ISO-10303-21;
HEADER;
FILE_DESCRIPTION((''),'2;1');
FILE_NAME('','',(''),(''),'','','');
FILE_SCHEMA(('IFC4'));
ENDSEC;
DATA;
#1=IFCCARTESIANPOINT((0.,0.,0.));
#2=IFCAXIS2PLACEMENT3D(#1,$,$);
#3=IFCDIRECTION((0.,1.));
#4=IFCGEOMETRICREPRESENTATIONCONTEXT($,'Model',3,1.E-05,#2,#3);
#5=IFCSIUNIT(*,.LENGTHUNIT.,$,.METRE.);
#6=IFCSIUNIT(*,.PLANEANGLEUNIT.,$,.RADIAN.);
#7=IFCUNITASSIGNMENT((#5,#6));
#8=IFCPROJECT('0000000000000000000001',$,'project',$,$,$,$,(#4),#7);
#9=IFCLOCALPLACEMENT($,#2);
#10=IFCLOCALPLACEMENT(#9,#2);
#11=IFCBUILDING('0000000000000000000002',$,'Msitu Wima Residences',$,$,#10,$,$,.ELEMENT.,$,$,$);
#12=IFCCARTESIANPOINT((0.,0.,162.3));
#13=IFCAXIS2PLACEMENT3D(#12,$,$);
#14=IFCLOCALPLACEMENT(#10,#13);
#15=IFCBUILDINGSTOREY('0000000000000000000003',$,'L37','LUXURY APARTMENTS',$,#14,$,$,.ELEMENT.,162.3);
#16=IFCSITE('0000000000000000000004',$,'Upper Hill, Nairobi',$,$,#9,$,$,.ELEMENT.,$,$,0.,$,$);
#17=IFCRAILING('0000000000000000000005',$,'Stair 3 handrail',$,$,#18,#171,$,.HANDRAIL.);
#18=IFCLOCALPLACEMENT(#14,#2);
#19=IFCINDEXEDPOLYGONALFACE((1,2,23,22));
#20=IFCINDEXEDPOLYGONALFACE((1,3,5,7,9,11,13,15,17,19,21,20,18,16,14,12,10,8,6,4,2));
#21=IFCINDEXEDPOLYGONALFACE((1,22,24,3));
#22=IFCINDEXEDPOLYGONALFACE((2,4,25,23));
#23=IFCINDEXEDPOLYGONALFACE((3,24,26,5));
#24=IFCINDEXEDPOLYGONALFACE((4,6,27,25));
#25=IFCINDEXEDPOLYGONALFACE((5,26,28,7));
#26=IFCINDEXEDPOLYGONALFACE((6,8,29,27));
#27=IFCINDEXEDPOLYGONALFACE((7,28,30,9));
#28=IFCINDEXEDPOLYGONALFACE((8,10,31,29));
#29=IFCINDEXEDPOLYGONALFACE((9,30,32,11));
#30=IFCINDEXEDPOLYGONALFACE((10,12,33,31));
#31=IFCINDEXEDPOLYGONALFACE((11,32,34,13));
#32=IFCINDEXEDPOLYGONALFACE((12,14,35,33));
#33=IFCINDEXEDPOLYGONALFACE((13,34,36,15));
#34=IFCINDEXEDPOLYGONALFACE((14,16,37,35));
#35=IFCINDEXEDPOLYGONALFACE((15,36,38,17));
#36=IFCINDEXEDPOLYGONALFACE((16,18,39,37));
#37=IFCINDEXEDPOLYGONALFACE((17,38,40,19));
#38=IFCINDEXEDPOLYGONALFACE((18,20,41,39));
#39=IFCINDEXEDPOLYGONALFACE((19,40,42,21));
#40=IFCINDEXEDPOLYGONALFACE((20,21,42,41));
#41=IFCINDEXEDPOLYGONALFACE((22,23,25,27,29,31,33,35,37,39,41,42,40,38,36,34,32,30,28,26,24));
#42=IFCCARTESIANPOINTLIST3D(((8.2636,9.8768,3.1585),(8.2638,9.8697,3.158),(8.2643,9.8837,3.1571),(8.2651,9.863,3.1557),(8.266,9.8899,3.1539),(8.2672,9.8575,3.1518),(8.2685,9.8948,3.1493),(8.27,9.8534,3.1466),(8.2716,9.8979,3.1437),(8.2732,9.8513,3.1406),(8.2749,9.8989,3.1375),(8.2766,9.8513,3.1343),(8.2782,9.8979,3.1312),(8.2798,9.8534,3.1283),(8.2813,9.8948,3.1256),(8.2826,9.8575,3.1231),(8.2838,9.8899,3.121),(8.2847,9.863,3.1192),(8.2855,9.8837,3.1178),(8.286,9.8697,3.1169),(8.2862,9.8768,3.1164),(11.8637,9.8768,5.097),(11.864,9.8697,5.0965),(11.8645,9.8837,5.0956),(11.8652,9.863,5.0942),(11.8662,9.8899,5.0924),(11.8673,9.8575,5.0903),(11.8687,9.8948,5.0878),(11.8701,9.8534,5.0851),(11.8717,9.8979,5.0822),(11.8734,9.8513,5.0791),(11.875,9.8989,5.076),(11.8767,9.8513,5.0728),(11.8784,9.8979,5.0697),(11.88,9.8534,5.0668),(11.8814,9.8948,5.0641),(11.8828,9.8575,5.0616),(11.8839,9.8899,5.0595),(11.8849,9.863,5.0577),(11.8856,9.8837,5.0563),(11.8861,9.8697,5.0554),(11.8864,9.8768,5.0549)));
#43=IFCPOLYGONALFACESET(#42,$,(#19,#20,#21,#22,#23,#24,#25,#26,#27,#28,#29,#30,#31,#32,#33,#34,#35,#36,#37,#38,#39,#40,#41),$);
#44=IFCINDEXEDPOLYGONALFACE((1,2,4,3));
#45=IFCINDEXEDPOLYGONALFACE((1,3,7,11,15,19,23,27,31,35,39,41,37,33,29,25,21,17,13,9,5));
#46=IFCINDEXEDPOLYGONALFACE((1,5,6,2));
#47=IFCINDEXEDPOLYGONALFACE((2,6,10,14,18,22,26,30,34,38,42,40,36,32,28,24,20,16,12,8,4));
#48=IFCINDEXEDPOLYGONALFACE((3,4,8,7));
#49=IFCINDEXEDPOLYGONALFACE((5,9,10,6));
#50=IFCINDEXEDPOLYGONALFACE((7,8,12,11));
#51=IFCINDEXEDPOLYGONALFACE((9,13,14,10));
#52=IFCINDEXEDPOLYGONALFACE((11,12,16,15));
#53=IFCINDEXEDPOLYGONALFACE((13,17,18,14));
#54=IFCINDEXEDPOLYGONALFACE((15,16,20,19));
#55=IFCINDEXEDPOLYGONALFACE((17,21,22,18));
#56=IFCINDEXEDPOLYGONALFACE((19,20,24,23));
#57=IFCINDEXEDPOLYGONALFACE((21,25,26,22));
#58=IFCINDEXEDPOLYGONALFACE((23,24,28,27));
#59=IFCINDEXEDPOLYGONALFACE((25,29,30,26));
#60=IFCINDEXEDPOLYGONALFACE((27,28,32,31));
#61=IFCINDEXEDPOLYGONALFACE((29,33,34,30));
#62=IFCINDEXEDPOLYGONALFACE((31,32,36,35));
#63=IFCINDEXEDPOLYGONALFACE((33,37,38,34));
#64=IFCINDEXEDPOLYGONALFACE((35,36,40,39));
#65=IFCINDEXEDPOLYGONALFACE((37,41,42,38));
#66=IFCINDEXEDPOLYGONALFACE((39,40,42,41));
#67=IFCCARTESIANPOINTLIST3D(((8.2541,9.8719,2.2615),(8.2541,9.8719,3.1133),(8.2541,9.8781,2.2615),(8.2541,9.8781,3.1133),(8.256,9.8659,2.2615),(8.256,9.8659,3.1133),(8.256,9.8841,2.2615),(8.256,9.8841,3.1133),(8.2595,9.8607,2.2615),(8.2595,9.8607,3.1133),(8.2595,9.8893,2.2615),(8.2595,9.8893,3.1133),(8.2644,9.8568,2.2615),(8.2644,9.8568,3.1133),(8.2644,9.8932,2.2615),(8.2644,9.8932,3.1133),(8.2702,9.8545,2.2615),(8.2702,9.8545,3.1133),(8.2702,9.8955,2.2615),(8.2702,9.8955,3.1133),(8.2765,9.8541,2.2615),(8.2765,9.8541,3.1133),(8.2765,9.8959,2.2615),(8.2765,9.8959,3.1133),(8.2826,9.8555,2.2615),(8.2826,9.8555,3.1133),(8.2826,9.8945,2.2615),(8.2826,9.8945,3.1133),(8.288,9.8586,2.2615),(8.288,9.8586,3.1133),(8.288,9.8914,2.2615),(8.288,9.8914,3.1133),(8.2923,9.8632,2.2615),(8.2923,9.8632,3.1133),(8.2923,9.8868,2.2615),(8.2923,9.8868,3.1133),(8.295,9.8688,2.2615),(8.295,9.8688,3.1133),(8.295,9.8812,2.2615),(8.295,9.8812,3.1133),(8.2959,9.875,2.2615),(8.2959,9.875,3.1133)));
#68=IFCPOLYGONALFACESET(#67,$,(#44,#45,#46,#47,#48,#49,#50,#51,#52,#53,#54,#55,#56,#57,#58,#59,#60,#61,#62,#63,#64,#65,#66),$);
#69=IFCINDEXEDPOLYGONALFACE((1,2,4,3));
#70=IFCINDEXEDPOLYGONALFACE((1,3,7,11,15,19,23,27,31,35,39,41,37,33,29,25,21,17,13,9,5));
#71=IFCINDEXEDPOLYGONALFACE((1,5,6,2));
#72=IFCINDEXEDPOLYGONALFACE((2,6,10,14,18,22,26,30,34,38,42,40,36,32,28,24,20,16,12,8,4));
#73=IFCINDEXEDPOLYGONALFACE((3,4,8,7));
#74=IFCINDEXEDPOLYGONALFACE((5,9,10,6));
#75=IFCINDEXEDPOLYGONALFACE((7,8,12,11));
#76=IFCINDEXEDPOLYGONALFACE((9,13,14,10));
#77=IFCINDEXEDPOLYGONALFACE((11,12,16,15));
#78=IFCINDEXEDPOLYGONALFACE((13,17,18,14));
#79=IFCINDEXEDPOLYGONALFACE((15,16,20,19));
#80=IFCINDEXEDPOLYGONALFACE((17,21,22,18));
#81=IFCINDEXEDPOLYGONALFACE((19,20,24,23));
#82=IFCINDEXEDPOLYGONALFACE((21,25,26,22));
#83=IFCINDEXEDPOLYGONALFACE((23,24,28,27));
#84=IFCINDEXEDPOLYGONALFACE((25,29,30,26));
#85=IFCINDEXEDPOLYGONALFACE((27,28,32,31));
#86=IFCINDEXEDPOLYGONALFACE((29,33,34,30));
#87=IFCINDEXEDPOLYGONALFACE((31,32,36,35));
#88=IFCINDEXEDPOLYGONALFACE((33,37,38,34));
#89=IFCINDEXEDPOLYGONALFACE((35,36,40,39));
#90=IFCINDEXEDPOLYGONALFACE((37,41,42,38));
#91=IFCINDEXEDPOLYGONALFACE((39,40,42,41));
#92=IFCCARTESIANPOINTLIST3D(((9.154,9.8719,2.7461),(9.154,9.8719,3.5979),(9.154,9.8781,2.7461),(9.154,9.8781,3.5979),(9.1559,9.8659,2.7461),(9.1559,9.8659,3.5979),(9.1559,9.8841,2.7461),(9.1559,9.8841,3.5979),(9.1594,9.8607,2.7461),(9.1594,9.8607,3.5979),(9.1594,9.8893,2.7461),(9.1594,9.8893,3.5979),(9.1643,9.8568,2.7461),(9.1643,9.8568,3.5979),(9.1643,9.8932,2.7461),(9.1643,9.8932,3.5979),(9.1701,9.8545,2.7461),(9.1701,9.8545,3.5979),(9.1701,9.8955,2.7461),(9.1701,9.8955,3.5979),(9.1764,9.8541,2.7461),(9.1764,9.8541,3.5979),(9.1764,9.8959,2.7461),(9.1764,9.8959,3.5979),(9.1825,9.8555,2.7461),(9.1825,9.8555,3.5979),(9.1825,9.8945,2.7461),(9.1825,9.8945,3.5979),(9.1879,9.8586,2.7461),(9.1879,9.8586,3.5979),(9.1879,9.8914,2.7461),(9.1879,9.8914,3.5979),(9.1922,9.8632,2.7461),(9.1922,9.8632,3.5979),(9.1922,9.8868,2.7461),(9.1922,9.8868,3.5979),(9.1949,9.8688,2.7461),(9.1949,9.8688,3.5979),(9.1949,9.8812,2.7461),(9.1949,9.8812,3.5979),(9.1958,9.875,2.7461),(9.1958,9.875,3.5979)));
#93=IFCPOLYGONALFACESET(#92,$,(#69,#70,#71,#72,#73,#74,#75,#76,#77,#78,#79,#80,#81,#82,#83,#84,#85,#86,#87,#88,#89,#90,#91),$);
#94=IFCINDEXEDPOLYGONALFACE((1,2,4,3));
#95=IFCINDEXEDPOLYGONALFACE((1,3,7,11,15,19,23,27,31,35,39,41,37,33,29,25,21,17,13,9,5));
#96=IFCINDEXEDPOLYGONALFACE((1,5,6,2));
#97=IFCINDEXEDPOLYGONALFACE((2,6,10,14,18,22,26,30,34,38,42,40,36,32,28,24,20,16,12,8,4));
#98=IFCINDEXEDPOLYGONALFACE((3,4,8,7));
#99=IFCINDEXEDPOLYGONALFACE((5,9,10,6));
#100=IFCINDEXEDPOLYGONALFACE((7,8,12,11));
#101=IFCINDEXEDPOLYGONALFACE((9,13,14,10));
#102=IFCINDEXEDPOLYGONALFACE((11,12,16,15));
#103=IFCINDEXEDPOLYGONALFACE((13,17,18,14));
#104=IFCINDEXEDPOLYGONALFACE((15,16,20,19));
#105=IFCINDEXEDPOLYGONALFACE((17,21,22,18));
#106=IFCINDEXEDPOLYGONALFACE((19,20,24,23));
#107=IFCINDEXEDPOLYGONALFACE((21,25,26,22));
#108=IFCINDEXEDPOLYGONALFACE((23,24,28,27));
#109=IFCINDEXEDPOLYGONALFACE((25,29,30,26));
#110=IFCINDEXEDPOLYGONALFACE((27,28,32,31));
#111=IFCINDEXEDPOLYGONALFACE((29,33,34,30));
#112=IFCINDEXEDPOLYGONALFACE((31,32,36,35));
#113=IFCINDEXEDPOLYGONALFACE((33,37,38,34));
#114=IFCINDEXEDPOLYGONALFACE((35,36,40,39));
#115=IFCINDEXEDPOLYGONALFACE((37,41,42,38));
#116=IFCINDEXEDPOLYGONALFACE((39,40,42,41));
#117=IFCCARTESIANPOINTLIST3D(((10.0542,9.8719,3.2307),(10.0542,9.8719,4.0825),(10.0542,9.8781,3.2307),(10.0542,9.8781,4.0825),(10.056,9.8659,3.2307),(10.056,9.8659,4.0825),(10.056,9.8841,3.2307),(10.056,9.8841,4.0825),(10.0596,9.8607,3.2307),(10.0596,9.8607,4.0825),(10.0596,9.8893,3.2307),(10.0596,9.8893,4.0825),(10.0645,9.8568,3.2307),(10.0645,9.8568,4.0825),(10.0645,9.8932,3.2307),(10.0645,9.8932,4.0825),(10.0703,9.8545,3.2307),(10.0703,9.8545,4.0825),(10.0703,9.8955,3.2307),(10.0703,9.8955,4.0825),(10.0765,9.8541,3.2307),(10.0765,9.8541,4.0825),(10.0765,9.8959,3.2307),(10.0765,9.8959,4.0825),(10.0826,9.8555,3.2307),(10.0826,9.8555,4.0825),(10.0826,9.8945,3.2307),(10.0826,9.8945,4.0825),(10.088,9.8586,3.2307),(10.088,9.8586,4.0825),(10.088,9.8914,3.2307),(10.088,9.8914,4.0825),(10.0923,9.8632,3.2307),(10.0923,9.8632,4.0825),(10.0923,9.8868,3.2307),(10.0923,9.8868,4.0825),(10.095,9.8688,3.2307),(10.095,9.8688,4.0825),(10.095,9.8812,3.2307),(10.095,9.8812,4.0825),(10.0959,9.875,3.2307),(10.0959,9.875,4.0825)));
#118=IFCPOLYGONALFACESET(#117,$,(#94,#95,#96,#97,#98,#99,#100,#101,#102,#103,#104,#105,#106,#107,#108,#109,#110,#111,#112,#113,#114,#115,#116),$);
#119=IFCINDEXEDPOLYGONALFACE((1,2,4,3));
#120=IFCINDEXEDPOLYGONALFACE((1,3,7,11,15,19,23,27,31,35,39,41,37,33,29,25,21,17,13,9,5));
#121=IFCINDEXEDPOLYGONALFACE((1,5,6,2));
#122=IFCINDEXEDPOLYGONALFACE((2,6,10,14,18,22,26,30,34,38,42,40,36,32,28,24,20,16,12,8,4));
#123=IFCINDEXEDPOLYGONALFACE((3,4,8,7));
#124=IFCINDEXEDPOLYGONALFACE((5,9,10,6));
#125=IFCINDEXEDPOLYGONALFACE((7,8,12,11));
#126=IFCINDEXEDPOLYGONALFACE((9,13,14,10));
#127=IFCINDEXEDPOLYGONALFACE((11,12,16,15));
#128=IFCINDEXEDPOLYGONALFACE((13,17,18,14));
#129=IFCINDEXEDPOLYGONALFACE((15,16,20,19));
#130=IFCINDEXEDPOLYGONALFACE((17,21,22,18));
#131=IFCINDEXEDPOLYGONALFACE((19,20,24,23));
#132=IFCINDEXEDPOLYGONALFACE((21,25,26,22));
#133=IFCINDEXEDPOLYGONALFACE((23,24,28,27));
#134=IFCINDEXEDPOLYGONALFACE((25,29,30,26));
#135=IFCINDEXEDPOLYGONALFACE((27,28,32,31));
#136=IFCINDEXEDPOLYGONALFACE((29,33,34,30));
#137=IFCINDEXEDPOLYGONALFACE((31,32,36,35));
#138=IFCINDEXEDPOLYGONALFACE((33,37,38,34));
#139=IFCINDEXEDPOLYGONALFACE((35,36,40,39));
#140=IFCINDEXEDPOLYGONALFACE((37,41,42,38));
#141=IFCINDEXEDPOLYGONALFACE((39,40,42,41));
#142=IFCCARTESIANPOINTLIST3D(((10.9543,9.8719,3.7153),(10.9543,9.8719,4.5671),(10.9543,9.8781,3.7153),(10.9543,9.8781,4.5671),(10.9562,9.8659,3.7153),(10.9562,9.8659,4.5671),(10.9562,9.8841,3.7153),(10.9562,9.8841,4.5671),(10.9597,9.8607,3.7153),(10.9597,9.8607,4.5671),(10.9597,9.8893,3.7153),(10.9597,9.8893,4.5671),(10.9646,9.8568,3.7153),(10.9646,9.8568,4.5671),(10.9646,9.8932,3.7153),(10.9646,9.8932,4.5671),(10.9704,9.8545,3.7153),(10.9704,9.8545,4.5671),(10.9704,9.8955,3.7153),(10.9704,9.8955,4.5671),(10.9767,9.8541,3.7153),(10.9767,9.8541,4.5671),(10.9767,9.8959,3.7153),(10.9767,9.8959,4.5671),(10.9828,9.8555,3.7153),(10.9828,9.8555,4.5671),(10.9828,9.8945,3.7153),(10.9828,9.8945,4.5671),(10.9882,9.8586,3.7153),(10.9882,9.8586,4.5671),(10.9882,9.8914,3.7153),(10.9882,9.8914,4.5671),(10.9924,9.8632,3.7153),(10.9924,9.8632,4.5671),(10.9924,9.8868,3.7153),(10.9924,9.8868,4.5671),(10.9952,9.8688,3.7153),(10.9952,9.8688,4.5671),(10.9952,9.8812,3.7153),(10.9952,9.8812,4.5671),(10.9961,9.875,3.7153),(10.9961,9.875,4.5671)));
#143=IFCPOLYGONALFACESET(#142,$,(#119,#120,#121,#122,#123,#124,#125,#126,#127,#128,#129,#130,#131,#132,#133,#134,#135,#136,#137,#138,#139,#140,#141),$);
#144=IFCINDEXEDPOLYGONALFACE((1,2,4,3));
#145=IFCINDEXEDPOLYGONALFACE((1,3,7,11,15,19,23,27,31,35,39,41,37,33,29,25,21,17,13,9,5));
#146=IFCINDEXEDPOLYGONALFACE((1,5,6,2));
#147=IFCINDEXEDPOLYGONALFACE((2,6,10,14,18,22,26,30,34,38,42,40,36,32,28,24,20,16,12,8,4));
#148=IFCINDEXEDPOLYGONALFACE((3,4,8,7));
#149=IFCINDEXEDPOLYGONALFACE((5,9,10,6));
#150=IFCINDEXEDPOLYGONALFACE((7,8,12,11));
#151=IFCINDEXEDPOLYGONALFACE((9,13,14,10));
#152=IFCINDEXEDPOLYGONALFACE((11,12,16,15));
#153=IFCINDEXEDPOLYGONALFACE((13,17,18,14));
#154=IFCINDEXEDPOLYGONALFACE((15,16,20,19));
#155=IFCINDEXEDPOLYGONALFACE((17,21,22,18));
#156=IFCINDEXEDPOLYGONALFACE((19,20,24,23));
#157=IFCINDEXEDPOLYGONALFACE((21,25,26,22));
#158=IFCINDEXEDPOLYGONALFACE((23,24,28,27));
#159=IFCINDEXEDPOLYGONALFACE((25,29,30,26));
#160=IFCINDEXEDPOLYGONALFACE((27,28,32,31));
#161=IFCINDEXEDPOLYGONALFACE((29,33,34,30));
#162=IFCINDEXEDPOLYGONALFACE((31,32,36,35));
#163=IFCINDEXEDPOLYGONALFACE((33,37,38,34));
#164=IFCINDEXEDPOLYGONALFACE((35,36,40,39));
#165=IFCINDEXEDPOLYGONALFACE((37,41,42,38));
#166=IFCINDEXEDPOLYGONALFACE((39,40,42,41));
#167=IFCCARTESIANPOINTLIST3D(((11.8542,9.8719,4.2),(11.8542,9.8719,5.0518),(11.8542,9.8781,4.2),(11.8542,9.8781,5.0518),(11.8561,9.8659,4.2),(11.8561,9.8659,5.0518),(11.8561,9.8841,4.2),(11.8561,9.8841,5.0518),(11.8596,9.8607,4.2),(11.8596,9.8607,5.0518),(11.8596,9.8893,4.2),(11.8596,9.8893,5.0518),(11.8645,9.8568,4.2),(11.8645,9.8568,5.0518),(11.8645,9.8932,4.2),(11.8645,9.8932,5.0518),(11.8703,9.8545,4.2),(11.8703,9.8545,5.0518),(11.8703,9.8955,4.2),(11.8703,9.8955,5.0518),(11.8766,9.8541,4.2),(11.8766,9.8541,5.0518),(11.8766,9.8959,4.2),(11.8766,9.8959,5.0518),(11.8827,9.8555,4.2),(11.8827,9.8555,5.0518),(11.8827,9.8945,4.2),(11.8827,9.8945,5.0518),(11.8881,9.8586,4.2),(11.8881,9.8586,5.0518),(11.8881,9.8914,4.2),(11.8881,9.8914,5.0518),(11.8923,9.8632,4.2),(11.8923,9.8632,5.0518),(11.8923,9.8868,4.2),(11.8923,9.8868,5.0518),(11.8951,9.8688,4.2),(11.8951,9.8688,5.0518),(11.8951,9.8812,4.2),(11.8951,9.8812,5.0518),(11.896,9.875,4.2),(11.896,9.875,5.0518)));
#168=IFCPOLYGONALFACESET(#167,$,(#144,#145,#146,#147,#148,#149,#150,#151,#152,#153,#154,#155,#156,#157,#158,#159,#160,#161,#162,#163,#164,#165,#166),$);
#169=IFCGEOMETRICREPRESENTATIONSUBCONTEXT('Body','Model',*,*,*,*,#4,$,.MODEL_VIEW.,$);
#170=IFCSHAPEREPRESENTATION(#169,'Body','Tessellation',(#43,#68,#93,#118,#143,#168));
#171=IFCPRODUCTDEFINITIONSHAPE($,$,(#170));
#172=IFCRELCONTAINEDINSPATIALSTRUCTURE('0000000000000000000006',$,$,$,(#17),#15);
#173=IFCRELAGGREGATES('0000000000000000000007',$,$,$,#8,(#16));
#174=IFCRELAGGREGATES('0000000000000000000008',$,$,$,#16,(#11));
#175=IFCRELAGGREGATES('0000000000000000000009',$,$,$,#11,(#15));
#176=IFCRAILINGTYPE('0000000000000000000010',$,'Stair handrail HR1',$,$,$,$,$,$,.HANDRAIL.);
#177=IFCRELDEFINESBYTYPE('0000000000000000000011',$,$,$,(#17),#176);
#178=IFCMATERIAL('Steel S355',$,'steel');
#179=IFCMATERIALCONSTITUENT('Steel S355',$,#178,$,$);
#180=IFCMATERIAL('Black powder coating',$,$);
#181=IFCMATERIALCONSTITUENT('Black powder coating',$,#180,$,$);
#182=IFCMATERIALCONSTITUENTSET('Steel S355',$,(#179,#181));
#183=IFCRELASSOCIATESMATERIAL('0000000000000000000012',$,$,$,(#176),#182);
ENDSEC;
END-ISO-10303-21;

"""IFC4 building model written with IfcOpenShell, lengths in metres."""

from ifc_helpers import new_model, si_unit, direction, frame, origin, origin_2d, place, context, subcontext, project, spatial, circle, extrude, material, constituent, constituent_set, type_object, element, save


model = new_model("IFC4")

# Units and contexts
model_context = context("Model", 3, precision=1e-05, world=origin(), true_north=direction((0.0, 1.0)))
body_context = subcontext(model_context, "Body", "Model", "MODEL_VIEW")
ifc_project = project(units=[si_unit("LENGTHUNIT", "METRE"), si_unit("PLANEANGLEUNIT", "RADIAN")], contexts=[model_context])

# Site, building, storey
site_placement = place(None, origin())
site = spatial("IfcSite", under=ifc_project, at=site_placement, Name="Upper Hill, Nairobi", CompositionType="ELEMENT", RefElevation=0.0)
building_placement = place(site_placement, origin())
building = spatial("IfcBuilding", under=site, at=building_placement, Name="Msitu Wima Residences", CompositionType="ELEMENT")
storey_placement = place(building_placement, frame((0.0, 0.0, 162.3)))
storey = spatial("IfcBuildingStorey", under=building, at=storey_placement, Name="L37", Description="LUXURY APARTMENTS", CompositionType="ELEMENT", Elevation=162.3)

# Railing
ifc_material_1 = material(Name="Steel S355", Category="steel")
ifc_constituent_1 = constituent(ifc_material_1, Name="Steel S355")
ifc_material_2 = material(Name="Black powder coating")
ifc_constituent_2 = constituent(ifc_material_2, Name="Black powder coating")
ifc_constituent_set = constituent_set(constituents=[ifc_constituent_1, ifc_constituent_2], Name="Steel S355")
railing_type = type_object("IfcRailingType", Name="Stair handrail HR1", PredefinedType="HANDRAIL", material=ifc_constituent_set)
for number, where, name in (
    (1, (8.2749, 9.875, 2.2615), "Stair 3 handrail"),
):
    element("IfcRailing", number, at=place(storey_placement, frame(where)), inside=storey, type_object=railing_type, Name=name, PredefinedType="HANDRAIL", context=body_context, shape_type="SweptSolid", body=[
        extrude(circle(Radius=0.0239, at=origin_2d()), frame((0.0, 0.0, 0.876), z_axis=(0.880475, 0.0, 0.474093), x_axis=(0.0, 1.0, 0.0)), (0.0, 0.0, 1.0), 4.0889),
        extrude(circle(Radius=0.021, at=origin_2d()), origin(), (0.0, 0.0, 1.0), 0.8518),
        extrude(circle(Radius=0.021, at=origin_2d()), frame((0.8999, 0.0, 0.4846)), (0.0, 0.0, 1.0), 0.8518),
        extrude(circle(Radius=0.021, at=origin_2d()), frame((1.8, 0.0, 0.9692)), (0.0, 0.0, 1.0), 0.8518),
        extrude(circle(Radius=0.021, at=origin_2d()), frame((2.7002, 0.0, 1.4539)), (0.0, 0.0, 1.0), 0.8518),
        extrude(circle(Radius=0.021, at=origin_2d()), frame((3.6001, 0.0, 1.9385)), (0.0, 0.0, 1.0), 0.8518),
    ])

save(model, "model.ifc")
